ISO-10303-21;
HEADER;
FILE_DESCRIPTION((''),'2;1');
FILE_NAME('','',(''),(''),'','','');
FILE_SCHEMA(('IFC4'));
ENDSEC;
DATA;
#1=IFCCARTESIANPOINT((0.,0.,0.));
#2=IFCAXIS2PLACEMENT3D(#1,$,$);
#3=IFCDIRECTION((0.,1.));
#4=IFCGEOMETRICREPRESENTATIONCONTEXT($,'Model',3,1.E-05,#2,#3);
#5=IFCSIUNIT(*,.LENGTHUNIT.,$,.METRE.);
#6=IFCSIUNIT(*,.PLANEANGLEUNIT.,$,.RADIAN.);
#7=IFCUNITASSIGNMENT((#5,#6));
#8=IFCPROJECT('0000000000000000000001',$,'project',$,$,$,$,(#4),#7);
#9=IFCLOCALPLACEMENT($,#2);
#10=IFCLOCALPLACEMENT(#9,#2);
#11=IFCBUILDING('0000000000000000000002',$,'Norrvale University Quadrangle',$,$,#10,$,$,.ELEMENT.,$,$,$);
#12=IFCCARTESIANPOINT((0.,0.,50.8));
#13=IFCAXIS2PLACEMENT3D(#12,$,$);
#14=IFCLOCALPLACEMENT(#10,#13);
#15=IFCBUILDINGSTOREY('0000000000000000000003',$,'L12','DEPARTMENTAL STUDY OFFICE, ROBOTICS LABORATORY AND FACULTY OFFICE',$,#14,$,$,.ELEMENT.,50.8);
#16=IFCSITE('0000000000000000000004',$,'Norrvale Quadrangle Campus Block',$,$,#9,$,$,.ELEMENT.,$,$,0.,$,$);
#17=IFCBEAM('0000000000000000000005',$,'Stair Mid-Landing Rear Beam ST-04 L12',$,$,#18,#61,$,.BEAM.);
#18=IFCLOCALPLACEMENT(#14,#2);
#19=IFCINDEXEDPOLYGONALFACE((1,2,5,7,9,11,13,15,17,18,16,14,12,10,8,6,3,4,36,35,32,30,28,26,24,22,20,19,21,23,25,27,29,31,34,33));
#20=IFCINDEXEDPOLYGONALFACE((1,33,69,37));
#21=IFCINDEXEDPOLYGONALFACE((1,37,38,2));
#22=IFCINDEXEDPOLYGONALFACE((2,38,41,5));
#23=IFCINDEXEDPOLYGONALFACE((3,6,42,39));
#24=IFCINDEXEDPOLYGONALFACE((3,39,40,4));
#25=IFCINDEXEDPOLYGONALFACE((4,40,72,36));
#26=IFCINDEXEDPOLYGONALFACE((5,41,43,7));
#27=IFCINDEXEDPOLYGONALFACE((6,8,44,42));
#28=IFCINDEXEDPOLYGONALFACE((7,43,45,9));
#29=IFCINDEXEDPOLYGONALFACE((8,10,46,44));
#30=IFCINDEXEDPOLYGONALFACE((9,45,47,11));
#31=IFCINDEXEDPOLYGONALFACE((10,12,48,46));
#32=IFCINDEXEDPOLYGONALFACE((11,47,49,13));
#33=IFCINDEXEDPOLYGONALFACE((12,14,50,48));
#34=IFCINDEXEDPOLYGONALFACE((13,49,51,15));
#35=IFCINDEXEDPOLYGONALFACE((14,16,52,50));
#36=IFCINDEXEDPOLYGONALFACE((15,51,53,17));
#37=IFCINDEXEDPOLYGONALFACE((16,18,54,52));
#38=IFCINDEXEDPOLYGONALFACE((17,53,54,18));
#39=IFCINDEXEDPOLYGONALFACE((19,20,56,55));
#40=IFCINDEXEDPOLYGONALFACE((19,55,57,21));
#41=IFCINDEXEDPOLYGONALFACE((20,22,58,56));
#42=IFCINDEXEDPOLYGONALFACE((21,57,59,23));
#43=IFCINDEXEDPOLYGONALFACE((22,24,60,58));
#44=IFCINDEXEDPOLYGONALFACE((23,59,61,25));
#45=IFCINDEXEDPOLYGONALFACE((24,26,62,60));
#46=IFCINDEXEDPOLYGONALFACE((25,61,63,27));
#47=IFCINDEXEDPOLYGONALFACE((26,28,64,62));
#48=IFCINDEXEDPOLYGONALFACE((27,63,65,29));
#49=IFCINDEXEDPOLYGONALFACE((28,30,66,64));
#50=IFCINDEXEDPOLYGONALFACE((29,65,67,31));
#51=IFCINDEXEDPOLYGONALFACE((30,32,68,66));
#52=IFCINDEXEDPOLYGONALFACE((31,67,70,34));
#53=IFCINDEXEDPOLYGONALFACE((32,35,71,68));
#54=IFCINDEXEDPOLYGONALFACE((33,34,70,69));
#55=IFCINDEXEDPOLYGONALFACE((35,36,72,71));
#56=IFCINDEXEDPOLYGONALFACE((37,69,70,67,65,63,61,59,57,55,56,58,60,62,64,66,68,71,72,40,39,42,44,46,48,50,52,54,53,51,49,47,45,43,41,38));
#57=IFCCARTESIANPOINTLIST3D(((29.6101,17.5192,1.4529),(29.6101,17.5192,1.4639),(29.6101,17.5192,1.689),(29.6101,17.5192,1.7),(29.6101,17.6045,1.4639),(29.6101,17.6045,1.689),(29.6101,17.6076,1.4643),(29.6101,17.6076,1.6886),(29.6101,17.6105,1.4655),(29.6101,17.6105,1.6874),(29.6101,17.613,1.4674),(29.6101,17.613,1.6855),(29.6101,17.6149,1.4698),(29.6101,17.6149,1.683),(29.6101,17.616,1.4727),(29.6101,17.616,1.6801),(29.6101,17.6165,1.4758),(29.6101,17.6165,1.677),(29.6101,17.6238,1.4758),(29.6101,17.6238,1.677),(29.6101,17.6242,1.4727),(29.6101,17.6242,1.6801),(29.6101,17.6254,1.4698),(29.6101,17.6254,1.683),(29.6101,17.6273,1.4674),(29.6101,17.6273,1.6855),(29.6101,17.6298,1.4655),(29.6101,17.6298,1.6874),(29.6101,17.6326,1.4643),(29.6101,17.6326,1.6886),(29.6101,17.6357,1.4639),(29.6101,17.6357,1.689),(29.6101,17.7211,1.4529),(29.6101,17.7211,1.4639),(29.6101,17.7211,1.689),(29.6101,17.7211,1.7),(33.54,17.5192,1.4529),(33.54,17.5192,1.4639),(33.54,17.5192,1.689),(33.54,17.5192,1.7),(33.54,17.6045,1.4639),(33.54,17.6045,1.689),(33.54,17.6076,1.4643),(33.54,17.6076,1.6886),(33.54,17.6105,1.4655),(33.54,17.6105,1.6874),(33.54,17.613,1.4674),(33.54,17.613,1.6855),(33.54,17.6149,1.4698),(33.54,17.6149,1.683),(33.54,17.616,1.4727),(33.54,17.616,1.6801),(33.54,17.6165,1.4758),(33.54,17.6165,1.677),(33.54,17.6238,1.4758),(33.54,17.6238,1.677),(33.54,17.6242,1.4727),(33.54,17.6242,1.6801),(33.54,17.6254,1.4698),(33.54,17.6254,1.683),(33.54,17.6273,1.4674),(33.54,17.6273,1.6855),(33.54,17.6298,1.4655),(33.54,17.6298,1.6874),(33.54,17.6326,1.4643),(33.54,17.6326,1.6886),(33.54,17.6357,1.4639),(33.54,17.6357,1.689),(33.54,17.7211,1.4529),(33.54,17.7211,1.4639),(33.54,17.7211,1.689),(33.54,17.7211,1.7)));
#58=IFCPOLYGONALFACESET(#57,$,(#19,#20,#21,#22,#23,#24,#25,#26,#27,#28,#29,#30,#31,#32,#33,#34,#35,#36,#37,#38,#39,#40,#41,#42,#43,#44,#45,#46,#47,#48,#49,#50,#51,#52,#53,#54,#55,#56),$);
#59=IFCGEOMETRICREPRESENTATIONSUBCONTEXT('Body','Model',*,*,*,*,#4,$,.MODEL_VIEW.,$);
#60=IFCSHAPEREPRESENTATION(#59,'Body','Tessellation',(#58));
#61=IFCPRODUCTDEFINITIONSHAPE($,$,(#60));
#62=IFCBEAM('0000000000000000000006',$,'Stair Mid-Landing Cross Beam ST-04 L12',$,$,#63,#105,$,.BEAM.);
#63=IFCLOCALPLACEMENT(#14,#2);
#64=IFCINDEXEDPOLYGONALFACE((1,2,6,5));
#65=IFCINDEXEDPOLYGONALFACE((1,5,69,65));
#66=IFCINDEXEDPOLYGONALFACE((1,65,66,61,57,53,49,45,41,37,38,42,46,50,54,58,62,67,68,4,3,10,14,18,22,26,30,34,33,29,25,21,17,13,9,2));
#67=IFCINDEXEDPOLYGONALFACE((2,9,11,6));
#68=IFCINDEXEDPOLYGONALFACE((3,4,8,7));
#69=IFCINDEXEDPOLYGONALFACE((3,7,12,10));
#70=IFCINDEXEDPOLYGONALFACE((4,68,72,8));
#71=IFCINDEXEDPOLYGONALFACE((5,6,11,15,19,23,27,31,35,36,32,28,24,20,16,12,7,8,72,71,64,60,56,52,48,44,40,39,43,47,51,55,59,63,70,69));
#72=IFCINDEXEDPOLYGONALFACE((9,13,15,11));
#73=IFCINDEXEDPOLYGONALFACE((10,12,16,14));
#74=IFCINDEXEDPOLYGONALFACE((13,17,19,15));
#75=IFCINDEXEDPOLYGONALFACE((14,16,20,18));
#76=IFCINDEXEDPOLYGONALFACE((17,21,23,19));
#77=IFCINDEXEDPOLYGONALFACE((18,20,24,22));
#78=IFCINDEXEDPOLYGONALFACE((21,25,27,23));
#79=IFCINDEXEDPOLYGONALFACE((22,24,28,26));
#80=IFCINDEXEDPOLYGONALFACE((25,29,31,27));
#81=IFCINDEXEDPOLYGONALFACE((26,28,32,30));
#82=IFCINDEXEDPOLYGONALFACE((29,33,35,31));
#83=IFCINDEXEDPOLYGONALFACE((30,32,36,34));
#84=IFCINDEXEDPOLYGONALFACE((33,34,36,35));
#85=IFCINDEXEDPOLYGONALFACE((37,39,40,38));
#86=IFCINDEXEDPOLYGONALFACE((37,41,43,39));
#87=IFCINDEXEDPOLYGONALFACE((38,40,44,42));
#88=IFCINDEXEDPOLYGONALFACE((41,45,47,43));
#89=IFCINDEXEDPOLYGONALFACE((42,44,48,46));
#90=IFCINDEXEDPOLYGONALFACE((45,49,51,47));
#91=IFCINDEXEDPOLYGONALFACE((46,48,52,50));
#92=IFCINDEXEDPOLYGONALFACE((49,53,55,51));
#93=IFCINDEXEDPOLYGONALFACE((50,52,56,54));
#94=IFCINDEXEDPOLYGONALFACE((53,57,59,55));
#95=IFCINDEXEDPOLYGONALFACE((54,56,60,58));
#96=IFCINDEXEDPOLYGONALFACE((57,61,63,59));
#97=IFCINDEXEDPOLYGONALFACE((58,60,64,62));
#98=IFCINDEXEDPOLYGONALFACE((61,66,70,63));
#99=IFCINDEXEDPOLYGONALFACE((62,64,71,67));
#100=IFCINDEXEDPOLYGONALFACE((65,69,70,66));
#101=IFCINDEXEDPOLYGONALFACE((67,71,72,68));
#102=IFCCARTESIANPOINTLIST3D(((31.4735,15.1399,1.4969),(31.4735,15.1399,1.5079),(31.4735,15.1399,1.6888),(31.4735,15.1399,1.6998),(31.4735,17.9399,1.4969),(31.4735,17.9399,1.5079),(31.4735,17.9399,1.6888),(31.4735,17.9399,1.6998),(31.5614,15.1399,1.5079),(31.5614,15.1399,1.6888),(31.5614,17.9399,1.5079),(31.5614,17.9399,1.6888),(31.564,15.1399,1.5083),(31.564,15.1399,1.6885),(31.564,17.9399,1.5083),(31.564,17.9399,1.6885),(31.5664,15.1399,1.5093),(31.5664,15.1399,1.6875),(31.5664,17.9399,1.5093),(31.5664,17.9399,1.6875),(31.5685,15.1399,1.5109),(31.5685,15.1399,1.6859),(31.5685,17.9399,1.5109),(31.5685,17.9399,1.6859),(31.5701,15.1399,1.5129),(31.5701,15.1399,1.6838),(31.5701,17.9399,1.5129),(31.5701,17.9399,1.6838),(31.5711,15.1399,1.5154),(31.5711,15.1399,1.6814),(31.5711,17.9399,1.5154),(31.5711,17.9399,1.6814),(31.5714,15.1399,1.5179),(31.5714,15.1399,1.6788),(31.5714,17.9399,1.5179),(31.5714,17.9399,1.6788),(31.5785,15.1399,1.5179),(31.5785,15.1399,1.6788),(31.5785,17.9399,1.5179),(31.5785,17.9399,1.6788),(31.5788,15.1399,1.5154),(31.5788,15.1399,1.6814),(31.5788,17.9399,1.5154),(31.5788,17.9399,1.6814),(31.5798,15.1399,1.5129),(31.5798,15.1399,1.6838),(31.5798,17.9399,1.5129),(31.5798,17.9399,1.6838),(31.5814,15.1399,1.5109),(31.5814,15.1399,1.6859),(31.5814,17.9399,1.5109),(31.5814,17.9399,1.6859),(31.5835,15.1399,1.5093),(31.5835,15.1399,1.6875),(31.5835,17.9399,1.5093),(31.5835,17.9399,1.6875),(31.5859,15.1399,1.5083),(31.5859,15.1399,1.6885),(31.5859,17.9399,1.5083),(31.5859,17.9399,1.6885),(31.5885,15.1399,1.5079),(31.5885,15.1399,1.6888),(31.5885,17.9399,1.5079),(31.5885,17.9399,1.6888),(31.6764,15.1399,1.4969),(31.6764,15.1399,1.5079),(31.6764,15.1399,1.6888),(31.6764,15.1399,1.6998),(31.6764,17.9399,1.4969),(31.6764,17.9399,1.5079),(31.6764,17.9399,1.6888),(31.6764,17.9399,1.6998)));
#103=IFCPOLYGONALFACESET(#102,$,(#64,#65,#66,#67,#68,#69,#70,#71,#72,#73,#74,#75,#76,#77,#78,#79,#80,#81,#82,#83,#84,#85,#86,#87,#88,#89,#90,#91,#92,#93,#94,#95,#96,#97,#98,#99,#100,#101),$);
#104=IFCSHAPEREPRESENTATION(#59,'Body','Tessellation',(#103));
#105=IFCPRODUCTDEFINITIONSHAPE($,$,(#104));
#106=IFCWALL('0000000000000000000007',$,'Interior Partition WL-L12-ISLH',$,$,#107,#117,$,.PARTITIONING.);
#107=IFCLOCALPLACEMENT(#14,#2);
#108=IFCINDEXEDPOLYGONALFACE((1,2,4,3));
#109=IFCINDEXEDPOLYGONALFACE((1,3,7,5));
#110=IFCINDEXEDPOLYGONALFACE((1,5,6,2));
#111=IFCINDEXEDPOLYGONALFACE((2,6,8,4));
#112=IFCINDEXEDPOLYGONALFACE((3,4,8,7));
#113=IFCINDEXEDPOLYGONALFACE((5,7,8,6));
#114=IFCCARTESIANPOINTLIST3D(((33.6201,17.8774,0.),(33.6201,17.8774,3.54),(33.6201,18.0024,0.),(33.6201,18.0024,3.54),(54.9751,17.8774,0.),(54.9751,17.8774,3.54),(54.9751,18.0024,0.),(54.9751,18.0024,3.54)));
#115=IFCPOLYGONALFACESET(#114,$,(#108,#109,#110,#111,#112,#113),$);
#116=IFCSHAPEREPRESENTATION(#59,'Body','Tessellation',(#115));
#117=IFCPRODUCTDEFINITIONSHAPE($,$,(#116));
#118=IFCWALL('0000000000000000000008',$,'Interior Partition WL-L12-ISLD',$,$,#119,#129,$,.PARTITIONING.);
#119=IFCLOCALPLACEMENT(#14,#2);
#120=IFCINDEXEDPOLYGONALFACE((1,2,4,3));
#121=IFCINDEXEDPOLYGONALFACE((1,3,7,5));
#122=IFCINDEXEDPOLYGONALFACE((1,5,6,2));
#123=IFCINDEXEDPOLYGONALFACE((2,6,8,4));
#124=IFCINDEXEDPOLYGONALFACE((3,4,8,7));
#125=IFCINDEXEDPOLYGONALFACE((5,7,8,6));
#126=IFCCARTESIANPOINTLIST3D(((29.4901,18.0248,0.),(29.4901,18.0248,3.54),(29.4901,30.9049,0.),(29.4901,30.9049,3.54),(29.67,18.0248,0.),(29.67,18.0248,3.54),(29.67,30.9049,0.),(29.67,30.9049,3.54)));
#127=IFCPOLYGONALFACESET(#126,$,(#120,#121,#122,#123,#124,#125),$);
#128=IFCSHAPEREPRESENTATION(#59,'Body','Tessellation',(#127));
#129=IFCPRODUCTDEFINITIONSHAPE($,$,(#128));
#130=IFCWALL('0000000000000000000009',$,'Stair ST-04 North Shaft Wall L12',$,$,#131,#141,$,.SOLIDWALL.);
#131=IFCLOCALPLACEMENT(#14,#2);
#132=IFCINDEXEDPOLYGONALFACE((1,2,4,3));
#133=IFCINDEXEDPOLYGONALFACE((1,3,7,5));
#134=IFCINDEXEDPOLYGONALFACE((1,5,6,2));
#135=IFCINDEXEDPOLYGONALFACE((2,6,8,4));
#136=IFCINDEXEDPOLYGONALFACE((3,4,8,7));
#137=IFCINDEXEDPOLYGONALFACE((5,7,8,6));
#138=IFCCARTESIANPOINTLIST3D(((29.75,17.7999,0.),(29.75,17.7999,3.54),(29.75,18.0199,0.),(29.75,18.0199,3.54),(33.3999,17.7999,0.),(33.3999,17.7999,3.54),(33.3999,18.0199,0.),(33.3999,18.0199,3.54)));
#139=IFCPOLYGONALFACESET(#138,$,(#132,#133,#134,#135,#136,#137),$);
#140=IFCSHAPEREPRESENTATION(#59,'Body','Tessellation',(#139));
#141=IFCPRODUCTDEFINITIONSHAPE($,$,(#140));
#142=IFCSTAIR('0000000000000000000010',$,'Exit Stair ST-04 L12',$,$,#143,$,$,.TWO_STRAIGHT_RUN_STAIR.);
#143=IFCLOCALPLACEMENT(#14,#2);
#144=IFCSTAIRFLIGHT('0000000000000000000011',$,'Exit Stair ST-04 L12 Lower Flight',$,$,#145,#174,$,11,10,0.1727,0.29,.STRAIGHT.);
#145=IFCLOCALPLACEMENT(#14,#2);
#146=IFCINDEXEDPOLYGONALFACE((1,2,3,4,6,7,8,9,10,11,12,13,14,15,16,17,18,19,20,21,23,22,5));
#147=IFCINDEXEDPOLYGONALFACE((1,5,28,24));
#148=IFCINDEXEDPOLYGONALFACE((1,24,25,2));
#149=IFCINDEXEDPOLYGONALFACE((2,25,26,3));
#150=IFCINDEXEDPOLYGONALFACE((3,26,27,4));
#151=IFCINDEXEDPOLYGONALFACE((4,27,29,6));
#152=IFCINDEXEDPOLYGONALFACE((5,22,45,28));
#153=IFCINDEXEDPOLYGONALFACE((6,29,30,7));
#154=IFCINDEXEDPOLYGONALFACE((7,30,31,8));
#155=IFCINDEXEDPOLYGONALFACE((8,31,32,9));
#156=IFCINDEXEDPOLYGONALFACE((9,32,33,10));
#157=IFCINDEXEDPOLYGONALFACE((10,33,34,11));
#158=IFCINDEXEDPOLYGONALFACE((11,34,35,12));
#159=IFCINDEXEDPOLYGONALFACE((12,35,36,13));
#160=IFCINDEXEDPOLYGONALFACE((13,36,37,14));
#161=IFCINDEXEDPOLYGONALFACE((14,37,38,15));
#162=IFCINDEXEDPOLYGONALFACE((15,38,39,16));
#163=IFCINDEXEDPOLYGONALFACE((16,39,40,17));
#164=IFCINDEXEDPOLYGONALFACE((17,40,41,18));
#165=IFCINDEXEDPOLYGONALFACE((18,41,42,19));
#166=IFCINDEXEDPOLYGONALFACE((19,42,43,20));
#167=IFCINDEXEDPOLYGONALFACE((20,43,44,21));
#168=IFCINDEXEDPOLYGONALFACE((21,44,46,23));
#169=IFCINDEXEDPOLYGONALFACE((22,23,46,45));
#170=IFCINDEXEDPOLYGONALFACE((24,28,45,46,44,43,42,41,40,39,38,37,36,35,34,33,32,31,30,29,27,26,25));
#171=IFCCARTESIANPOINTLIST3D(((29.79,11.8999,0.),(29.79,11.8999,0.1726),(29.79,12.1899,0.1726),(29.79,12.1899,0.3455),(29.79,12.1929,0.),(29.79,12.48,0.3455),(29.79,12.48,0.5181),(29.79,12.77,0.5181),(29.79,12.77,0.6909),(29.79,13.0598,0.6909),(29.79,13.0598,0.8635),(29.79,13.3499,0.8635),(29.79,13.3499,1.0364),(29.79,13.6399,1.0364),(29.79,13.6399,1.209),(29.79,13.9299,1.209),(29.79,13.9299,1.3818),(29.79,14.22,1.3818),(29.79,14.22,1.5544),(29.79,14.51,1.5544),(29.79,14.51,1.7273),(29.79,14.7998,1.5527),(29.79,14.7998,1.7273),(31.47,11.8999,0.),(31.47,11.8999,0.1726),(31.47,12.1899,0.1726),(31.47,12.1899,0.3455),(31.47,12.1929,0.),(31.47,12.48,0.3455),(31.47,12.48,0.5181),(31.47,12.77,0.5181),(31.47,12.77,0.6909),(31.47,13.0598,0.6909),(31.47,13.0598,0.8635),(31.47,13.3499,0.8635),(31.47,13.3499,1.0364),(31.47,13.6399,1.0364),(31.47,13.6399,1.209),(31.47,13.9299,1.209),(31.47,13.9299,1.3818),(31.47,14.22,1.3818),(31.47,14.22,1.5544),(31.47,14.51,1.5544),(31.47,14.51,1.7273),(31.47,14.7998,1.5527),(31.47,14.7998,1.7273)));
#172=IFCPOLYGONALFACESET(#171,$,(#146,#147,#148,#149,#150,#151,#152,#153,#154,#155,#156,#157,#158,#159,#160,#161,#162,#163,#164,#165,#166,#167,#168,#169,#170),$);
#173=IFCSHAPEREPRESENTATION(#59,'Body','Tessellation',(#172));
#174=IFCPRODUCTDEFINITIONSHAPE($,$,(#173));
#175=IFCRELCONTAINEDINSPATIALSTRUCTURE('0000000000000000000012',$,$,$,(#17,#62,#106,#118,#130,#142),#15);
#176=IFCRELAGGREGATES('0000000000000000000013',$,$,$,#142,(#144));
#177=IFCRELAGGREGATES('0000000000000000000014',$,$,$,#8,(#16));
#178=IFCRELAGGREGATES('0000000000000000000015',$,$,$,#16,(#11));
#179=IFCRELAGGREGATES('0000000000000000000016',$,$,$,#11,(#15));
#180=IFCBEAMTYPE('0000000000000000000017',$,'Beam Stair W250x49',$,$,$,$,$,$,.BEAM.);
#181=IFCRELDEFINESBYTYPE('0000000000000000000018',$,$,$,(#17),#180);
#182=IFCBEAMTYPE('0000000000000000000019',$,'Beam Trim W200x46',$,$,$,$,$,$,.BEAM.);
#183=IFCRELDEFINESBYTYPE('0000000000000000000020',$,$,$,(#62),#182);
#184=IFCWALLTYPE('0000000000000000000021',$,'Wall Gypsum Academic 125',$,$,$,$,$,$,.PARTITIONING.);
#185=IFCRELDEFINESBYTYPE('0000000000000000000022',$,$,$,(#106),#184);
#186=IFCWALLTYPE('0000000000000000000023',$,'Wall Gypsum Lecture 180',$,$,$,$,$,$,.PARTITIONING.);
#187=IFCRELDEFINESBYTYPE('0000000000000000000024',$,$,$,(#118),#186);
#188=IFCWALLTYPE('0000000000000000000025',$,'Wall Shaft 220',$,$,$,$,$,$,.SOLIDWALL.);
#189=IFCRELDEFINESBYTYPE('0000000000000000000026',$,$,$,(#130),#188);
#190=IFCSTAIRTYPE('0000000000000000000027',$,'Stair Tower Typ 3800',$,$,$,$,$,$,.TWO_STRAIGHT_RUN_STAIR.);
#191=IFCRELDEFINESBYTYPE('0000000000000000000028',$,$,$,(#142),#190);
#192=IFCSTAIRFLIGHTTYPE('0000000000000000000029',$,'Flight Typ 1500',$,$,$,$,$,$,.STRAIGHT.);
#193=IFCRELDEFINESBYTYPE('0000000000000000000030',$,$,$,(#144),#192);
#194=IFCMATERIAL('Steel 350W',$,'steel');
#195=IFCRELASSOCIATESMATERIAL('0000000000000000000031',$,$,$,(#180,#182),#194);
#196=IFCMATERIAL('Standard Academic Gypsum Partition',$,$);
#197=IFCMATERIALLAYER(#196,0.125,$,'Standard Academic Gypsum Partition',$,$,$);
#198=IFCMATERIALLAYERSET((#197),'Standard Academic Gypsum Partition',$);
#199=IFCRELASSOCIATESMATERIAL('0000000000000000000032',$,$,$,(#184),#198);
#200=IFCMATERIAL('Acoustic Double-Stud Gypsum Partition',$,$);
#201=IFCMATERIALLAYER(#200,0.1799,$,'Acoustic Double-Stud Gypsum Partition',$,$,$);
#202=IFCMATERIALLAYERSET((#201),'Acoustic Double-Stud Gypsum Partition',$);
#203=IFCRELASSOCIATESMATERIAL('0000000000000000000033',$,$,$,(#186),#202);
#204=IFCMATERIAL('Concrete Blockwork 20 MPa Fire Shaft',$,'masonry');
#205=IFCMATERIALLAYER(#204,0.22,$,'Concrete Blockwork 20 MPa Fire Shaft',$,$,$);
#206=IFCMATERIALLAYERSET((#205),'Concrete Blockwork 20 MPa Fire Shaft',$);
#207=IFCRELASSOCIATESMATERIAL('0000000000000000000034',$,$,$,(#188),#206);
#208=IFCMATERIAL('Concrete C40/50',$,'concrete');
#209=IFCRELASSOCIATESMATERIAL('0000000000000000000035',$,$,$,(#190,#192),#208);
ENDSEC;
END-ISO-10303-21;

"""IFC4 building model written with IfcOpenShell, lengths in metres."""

from ifc_helpers import new_model, si_unit, direction, frame, frame_2d, origin, origin_2d, place, context, subcontext, project, spatial, polyline, rectangle, i_section, outline, extrude, material, layer, layer_set, material_profile, profile_set, type_object, element, aggregate, save


model = new_model("IFC4")

# Units and contexts
model_context = context("Model", 3, precision=1e-05, world=origin(), true_north=direction((0.0, 1.0)))
body_context = subcontext(model_context, "Body", "Model", "MODEL_VIEW")
ifc_project = project(units=[si_unit("LENGTHUNIT", "METRE"), si_unit("PLANEANGLEUNIT", "RADIAN")], contexts=[model_context])

# Site, building, storey
site_placement = place(None, origin())
site = spatial("IfcSite", under=ifc_project, at=site_placement, Name="Norrvale Quadrangle Campus Block", CompositionType="ELEMENT", RefElevation=0.0)
building_placement = place(site_placement, origin())
building = spatial("IfcBuilding", under=site, at=building_placement, Name="Norrvale University Quadrangle", CompositionType="ELEMENT")
storey_placement = place(building_placement, frame((0.0, 0.0, 50.8)))
storey = spatial("IfcBuildingStorey", under=building, at=storey_placement, Name="L12", Description="DEPARTMENTAL STUDY OFFICE, ROBOTICS LABORATORY AND FACULTY OFFICE", CompositionType="ELEMENT", Elevation=50.8)

# Beams
ifc_material_1 = material(Name="Steel 350W", Category="steel")
ifc_material_profile_1 = material_profile(ifc_material_1, i_section(OverallWidth=0.2019, OverallDepth=0.2471, WebThickness=0.0073, FlangeThickness=0.011, FilletRadius=0.012, at=origin_2d()), Name="Steel 350W")
ifc_profile_set_1 = profile_set([ifc_material_profile_1], Name="Steel 350W")
beam_type_1 = type_object("IfcBeamType", Name="Beam Stair W250x49", PredefinedType="BEAM", material=ifc_profile_set_1)
for number, where, z_axis, x_axis, name in (
    (1, (29.6101, 17.6201, 1.5764), (1.0, 0.0, 0.0), (0.0, 1.0, 0.0), "Stair Mid-Landing Rear Beam ST-04 L12"),
):
    element("IfcBeam", number, at=place(storey_placement, frame(where, z_axis=z_axis, x_axis=x_axis)), inside=storey, type_object=beam_type_1, Name=name, PredefinedType="BEAM", context=body_context, shape_type="SweptSolid", body=[
        extrude(i_section(OverallWidth=0.2019, OverallDepth=0.2471, WebThickness=0.0073, FlangeThickness=0.011, FilletRadius=0.012, at=origin_2d()), origin(), (0.0, 0.0, 1.0), 3.9299),
    ])
ifc_material_profile_2 = material_profile(ifc_material_1, i_section(OverallWidth=0.2029, OverallDepth=0.2029, WebThickness=0.0071, FlangeThickness=0.011, FilletRadius=0.01, at=origin_2d()), Name="Steel 350W")
ifc_profile_set_2 = profile_set([ifc_material_profile_2], Name="Steel 350W")
beam_type_2 = type_object("IfcBeamType", Name="Beam Trim W200x46", PredefinedType="BEAM", material=ifc_profile_set_2)
beam_1_placement = place(storey_placement, frame((31.575, 15.1399, 1.5984), z_axis=(0.0, 1.0, 0.0), x_axis=(-1.0, 0.0, 0.0)))
element("IfcBeam", 2, at=beam_1_placement, inside=storey, type_object=beam_type_2, Name="Stair Mid-Landing Cross Beam ST-04 L12", PredefinedType="BEAM", context=body_context, shape_type="SweptSolid", body=[
    extrude(i_section(OverallWidth=0.2029, OverallDepth=0.2029, WebThickness=0.0071, FlangeThickness=0.011, FilletRadius=0.01, at=origin_2d()), origin(), (0.0, 0.0, 1.0), 2.8),
])

# Walls
ifc_material_2 = material(Name="Standard Academic Gypsum Partition")
ifc_layer_1 = layer(ifc_material_2, 0.125, Name="Standard Academic Gypsum Partition")
ifc_layer_set_1 = layer_set([ifc_layer_1], Name="Standard Academic Gypsum Partition")
wall_type_1 = type_object("IfcWallType", Name="Wall Gypsum Academic 125", PredefinedType="PARTITIONING", material=ifc_layer_set_1)
wall_1_placement = place(storey_placement, frame((33.6201, 17.9399, 0.0), z_axis=(0.0, 0.0, 1.0), x_axis=(1.0, 0.0, 0.0)))
element("IfcWall", 3, at=wall_1_placement, inside=storey, type_object=wall_type_1, Name="Interior Partition WL-L12-ISLH", PredefinedType="PARTITIONING", context=body_context, shape_type="SweptSolid", body=[
    extrude(rectangle(XDim=21.355, YDim=0.125, at=frame_2d((10.6775, 0.0))), origin(), (0.0, 0.0, 1.0), 3.54),
])
ifc_material_3 = material(Name="Acoustic Double-Stud Gypsum Partition")
ifc_layer_2 = layer(ifc_material_3, 0.1799, Name="Acoustic Double-Stud Gypsum Partition")
ifc_layer_set_2 = layer_set([ifc_layer_2], Name="Acoustic Double-Stud Gypsum Partition")
wall_type_2 = type_object("IfcWallType", Name="Wall Gypsum Lecture 180", PredefinedType="PARTITIONING", material=ifc_layer_set_2)
wall_2_placement = place(storey_placement, frame((29.5801, 18.0249, 0.0), z_axis=(0.0, 0.0, 1.0), x_axis=(0.0, 1.0, 0.0)))
element("IfcWall", 4, at=wall_2_placement, inside=storey, type_object=wall_type_2, Name="Interior Partition WL-L12-ISLD", PredefinedType="PARTITIONING", context=body_context, shape_type="SweptSolid", body=[
    extrude(rectangle(XDim=12.8801, YDim=0.1799, at=frame_2d((6.4399, 0.0))), origin(), (0.0, 0.0, 1.0), 3.54),
])
ifc_material_4 = material(Name="Concrete Blockwork 20 MPa Fire Shaft", Category="masonry")
ifc_layer_3 = layer(ifc_material_4, 0.22, Name="Concrete Blockwork 20 MPa Fire Shaft")
ifc_layer_set_3 = layer_set([ifc_layer_3], Name="Concrete Blockwork 20 MPa Fire Shaft")
wall_type_3 = type_object("IfcWallType", Name="Wall Shaft 220", PredefinedType="SOLIDWALL", material=ifc_layer_set_3)
wall_3_placement = place(storey_placement, frame((29.75, 17.9099, 0.0), z_axis=(0.0, 0.0, 1.0), x_axis=(1.0, 0.0, 0.0)))
element("IfcWall", 5, at=wall_3_placement, inside=storey, type_object=wall_type_3, Name="Stair ST-04 North Shaft Wall L12", PredefinedType="SOLIDWALL", context=body_context, shape_type="SweptSolid", body=[
    extrude(rectangle(XDim=3.6499, YDim=0.22, at=frame_2d((1.825, 0.0))), origin(), (0.0, 0.0, 1.0), 3.54),
])

# Stair, stair flight
ifc_material_5 = material(Name="Concrete C40/50", Category="concrete")
stair_type = type_object("IfcStairType", Name="Stair Tower Typ 3800", PredefinedType="TWO_STRAIGHT_RUN_STAIR", material=ifc_material_5)
stair_placement = place(storey_placement, origin())
stair = element("IfcStair", 6, at=stair_placement, inside=storey, type_object=stair_type, Name="Exit Stair ST-04 L12", PredefinedType="TWO_STRAIGHT_RUN_STAIR")
stair_flight_type = type_object("IfcStairFlightType", Name="Flight Typ 1500", PredefinedType="STRAIGHT", material=ifc_material_5)
stair_flight_1_placement = place(storey_placement, frame((30.6299, 11.8999, 0.0), z_axis=(0.0, 0.0, 1.0), x_axis=(0.0, 1.0, 0.0)))
stair_flight_1 = element("IfcStairFlight", 7, at=stair_flight_1_placement, type_object=stair_flight_type, Name="Exit Stair ST-04 L12 Lower Flight", NumberOfRisers=11, NumberOfTreads=10, PredefinedType="STRAIGHT", RiserHeight=0.1727, TreadLength=0.29, context=body_context, shape_type="SweptSolid", body=[
    extrude(outline(polyline([(0.0, 0.0), (0.0, 0.1726), (0.29, 0.1726), (0.29, 0.3455), (0.5801, 0.3455), (0.5801, 0.5181), (0.8701, 0.5181), (0.8701, 0.6909), (1.1599, 0.6909), (1.1599, 0.8635), (1.45, 0.8635), (1.45, 1.0364), (1.74, 1.0364), (1.74, 1.209), (2.03, 1.209), (2.03, 1.3818), (2.3201, 1.3818), (2.3201, 1.5544), (2.6101, 1.5544), (2.6101, 1.7273), (2.8999, 1.7273), (2.8999, 1.8999), (2.8999, 1.5527), (0.293, 0.0), (0.0, 0.0)])), frame((0.0, 0.8398, 0.0), z_axis=(0.0, -1.0, 0.0), x_axis=(1.0, 0.0, 0.0)), (0.0, 0.0, 1.0), 1.6799),
])
aggregate(stair, [stair_flight_1])

save(model, "model.ifc")
